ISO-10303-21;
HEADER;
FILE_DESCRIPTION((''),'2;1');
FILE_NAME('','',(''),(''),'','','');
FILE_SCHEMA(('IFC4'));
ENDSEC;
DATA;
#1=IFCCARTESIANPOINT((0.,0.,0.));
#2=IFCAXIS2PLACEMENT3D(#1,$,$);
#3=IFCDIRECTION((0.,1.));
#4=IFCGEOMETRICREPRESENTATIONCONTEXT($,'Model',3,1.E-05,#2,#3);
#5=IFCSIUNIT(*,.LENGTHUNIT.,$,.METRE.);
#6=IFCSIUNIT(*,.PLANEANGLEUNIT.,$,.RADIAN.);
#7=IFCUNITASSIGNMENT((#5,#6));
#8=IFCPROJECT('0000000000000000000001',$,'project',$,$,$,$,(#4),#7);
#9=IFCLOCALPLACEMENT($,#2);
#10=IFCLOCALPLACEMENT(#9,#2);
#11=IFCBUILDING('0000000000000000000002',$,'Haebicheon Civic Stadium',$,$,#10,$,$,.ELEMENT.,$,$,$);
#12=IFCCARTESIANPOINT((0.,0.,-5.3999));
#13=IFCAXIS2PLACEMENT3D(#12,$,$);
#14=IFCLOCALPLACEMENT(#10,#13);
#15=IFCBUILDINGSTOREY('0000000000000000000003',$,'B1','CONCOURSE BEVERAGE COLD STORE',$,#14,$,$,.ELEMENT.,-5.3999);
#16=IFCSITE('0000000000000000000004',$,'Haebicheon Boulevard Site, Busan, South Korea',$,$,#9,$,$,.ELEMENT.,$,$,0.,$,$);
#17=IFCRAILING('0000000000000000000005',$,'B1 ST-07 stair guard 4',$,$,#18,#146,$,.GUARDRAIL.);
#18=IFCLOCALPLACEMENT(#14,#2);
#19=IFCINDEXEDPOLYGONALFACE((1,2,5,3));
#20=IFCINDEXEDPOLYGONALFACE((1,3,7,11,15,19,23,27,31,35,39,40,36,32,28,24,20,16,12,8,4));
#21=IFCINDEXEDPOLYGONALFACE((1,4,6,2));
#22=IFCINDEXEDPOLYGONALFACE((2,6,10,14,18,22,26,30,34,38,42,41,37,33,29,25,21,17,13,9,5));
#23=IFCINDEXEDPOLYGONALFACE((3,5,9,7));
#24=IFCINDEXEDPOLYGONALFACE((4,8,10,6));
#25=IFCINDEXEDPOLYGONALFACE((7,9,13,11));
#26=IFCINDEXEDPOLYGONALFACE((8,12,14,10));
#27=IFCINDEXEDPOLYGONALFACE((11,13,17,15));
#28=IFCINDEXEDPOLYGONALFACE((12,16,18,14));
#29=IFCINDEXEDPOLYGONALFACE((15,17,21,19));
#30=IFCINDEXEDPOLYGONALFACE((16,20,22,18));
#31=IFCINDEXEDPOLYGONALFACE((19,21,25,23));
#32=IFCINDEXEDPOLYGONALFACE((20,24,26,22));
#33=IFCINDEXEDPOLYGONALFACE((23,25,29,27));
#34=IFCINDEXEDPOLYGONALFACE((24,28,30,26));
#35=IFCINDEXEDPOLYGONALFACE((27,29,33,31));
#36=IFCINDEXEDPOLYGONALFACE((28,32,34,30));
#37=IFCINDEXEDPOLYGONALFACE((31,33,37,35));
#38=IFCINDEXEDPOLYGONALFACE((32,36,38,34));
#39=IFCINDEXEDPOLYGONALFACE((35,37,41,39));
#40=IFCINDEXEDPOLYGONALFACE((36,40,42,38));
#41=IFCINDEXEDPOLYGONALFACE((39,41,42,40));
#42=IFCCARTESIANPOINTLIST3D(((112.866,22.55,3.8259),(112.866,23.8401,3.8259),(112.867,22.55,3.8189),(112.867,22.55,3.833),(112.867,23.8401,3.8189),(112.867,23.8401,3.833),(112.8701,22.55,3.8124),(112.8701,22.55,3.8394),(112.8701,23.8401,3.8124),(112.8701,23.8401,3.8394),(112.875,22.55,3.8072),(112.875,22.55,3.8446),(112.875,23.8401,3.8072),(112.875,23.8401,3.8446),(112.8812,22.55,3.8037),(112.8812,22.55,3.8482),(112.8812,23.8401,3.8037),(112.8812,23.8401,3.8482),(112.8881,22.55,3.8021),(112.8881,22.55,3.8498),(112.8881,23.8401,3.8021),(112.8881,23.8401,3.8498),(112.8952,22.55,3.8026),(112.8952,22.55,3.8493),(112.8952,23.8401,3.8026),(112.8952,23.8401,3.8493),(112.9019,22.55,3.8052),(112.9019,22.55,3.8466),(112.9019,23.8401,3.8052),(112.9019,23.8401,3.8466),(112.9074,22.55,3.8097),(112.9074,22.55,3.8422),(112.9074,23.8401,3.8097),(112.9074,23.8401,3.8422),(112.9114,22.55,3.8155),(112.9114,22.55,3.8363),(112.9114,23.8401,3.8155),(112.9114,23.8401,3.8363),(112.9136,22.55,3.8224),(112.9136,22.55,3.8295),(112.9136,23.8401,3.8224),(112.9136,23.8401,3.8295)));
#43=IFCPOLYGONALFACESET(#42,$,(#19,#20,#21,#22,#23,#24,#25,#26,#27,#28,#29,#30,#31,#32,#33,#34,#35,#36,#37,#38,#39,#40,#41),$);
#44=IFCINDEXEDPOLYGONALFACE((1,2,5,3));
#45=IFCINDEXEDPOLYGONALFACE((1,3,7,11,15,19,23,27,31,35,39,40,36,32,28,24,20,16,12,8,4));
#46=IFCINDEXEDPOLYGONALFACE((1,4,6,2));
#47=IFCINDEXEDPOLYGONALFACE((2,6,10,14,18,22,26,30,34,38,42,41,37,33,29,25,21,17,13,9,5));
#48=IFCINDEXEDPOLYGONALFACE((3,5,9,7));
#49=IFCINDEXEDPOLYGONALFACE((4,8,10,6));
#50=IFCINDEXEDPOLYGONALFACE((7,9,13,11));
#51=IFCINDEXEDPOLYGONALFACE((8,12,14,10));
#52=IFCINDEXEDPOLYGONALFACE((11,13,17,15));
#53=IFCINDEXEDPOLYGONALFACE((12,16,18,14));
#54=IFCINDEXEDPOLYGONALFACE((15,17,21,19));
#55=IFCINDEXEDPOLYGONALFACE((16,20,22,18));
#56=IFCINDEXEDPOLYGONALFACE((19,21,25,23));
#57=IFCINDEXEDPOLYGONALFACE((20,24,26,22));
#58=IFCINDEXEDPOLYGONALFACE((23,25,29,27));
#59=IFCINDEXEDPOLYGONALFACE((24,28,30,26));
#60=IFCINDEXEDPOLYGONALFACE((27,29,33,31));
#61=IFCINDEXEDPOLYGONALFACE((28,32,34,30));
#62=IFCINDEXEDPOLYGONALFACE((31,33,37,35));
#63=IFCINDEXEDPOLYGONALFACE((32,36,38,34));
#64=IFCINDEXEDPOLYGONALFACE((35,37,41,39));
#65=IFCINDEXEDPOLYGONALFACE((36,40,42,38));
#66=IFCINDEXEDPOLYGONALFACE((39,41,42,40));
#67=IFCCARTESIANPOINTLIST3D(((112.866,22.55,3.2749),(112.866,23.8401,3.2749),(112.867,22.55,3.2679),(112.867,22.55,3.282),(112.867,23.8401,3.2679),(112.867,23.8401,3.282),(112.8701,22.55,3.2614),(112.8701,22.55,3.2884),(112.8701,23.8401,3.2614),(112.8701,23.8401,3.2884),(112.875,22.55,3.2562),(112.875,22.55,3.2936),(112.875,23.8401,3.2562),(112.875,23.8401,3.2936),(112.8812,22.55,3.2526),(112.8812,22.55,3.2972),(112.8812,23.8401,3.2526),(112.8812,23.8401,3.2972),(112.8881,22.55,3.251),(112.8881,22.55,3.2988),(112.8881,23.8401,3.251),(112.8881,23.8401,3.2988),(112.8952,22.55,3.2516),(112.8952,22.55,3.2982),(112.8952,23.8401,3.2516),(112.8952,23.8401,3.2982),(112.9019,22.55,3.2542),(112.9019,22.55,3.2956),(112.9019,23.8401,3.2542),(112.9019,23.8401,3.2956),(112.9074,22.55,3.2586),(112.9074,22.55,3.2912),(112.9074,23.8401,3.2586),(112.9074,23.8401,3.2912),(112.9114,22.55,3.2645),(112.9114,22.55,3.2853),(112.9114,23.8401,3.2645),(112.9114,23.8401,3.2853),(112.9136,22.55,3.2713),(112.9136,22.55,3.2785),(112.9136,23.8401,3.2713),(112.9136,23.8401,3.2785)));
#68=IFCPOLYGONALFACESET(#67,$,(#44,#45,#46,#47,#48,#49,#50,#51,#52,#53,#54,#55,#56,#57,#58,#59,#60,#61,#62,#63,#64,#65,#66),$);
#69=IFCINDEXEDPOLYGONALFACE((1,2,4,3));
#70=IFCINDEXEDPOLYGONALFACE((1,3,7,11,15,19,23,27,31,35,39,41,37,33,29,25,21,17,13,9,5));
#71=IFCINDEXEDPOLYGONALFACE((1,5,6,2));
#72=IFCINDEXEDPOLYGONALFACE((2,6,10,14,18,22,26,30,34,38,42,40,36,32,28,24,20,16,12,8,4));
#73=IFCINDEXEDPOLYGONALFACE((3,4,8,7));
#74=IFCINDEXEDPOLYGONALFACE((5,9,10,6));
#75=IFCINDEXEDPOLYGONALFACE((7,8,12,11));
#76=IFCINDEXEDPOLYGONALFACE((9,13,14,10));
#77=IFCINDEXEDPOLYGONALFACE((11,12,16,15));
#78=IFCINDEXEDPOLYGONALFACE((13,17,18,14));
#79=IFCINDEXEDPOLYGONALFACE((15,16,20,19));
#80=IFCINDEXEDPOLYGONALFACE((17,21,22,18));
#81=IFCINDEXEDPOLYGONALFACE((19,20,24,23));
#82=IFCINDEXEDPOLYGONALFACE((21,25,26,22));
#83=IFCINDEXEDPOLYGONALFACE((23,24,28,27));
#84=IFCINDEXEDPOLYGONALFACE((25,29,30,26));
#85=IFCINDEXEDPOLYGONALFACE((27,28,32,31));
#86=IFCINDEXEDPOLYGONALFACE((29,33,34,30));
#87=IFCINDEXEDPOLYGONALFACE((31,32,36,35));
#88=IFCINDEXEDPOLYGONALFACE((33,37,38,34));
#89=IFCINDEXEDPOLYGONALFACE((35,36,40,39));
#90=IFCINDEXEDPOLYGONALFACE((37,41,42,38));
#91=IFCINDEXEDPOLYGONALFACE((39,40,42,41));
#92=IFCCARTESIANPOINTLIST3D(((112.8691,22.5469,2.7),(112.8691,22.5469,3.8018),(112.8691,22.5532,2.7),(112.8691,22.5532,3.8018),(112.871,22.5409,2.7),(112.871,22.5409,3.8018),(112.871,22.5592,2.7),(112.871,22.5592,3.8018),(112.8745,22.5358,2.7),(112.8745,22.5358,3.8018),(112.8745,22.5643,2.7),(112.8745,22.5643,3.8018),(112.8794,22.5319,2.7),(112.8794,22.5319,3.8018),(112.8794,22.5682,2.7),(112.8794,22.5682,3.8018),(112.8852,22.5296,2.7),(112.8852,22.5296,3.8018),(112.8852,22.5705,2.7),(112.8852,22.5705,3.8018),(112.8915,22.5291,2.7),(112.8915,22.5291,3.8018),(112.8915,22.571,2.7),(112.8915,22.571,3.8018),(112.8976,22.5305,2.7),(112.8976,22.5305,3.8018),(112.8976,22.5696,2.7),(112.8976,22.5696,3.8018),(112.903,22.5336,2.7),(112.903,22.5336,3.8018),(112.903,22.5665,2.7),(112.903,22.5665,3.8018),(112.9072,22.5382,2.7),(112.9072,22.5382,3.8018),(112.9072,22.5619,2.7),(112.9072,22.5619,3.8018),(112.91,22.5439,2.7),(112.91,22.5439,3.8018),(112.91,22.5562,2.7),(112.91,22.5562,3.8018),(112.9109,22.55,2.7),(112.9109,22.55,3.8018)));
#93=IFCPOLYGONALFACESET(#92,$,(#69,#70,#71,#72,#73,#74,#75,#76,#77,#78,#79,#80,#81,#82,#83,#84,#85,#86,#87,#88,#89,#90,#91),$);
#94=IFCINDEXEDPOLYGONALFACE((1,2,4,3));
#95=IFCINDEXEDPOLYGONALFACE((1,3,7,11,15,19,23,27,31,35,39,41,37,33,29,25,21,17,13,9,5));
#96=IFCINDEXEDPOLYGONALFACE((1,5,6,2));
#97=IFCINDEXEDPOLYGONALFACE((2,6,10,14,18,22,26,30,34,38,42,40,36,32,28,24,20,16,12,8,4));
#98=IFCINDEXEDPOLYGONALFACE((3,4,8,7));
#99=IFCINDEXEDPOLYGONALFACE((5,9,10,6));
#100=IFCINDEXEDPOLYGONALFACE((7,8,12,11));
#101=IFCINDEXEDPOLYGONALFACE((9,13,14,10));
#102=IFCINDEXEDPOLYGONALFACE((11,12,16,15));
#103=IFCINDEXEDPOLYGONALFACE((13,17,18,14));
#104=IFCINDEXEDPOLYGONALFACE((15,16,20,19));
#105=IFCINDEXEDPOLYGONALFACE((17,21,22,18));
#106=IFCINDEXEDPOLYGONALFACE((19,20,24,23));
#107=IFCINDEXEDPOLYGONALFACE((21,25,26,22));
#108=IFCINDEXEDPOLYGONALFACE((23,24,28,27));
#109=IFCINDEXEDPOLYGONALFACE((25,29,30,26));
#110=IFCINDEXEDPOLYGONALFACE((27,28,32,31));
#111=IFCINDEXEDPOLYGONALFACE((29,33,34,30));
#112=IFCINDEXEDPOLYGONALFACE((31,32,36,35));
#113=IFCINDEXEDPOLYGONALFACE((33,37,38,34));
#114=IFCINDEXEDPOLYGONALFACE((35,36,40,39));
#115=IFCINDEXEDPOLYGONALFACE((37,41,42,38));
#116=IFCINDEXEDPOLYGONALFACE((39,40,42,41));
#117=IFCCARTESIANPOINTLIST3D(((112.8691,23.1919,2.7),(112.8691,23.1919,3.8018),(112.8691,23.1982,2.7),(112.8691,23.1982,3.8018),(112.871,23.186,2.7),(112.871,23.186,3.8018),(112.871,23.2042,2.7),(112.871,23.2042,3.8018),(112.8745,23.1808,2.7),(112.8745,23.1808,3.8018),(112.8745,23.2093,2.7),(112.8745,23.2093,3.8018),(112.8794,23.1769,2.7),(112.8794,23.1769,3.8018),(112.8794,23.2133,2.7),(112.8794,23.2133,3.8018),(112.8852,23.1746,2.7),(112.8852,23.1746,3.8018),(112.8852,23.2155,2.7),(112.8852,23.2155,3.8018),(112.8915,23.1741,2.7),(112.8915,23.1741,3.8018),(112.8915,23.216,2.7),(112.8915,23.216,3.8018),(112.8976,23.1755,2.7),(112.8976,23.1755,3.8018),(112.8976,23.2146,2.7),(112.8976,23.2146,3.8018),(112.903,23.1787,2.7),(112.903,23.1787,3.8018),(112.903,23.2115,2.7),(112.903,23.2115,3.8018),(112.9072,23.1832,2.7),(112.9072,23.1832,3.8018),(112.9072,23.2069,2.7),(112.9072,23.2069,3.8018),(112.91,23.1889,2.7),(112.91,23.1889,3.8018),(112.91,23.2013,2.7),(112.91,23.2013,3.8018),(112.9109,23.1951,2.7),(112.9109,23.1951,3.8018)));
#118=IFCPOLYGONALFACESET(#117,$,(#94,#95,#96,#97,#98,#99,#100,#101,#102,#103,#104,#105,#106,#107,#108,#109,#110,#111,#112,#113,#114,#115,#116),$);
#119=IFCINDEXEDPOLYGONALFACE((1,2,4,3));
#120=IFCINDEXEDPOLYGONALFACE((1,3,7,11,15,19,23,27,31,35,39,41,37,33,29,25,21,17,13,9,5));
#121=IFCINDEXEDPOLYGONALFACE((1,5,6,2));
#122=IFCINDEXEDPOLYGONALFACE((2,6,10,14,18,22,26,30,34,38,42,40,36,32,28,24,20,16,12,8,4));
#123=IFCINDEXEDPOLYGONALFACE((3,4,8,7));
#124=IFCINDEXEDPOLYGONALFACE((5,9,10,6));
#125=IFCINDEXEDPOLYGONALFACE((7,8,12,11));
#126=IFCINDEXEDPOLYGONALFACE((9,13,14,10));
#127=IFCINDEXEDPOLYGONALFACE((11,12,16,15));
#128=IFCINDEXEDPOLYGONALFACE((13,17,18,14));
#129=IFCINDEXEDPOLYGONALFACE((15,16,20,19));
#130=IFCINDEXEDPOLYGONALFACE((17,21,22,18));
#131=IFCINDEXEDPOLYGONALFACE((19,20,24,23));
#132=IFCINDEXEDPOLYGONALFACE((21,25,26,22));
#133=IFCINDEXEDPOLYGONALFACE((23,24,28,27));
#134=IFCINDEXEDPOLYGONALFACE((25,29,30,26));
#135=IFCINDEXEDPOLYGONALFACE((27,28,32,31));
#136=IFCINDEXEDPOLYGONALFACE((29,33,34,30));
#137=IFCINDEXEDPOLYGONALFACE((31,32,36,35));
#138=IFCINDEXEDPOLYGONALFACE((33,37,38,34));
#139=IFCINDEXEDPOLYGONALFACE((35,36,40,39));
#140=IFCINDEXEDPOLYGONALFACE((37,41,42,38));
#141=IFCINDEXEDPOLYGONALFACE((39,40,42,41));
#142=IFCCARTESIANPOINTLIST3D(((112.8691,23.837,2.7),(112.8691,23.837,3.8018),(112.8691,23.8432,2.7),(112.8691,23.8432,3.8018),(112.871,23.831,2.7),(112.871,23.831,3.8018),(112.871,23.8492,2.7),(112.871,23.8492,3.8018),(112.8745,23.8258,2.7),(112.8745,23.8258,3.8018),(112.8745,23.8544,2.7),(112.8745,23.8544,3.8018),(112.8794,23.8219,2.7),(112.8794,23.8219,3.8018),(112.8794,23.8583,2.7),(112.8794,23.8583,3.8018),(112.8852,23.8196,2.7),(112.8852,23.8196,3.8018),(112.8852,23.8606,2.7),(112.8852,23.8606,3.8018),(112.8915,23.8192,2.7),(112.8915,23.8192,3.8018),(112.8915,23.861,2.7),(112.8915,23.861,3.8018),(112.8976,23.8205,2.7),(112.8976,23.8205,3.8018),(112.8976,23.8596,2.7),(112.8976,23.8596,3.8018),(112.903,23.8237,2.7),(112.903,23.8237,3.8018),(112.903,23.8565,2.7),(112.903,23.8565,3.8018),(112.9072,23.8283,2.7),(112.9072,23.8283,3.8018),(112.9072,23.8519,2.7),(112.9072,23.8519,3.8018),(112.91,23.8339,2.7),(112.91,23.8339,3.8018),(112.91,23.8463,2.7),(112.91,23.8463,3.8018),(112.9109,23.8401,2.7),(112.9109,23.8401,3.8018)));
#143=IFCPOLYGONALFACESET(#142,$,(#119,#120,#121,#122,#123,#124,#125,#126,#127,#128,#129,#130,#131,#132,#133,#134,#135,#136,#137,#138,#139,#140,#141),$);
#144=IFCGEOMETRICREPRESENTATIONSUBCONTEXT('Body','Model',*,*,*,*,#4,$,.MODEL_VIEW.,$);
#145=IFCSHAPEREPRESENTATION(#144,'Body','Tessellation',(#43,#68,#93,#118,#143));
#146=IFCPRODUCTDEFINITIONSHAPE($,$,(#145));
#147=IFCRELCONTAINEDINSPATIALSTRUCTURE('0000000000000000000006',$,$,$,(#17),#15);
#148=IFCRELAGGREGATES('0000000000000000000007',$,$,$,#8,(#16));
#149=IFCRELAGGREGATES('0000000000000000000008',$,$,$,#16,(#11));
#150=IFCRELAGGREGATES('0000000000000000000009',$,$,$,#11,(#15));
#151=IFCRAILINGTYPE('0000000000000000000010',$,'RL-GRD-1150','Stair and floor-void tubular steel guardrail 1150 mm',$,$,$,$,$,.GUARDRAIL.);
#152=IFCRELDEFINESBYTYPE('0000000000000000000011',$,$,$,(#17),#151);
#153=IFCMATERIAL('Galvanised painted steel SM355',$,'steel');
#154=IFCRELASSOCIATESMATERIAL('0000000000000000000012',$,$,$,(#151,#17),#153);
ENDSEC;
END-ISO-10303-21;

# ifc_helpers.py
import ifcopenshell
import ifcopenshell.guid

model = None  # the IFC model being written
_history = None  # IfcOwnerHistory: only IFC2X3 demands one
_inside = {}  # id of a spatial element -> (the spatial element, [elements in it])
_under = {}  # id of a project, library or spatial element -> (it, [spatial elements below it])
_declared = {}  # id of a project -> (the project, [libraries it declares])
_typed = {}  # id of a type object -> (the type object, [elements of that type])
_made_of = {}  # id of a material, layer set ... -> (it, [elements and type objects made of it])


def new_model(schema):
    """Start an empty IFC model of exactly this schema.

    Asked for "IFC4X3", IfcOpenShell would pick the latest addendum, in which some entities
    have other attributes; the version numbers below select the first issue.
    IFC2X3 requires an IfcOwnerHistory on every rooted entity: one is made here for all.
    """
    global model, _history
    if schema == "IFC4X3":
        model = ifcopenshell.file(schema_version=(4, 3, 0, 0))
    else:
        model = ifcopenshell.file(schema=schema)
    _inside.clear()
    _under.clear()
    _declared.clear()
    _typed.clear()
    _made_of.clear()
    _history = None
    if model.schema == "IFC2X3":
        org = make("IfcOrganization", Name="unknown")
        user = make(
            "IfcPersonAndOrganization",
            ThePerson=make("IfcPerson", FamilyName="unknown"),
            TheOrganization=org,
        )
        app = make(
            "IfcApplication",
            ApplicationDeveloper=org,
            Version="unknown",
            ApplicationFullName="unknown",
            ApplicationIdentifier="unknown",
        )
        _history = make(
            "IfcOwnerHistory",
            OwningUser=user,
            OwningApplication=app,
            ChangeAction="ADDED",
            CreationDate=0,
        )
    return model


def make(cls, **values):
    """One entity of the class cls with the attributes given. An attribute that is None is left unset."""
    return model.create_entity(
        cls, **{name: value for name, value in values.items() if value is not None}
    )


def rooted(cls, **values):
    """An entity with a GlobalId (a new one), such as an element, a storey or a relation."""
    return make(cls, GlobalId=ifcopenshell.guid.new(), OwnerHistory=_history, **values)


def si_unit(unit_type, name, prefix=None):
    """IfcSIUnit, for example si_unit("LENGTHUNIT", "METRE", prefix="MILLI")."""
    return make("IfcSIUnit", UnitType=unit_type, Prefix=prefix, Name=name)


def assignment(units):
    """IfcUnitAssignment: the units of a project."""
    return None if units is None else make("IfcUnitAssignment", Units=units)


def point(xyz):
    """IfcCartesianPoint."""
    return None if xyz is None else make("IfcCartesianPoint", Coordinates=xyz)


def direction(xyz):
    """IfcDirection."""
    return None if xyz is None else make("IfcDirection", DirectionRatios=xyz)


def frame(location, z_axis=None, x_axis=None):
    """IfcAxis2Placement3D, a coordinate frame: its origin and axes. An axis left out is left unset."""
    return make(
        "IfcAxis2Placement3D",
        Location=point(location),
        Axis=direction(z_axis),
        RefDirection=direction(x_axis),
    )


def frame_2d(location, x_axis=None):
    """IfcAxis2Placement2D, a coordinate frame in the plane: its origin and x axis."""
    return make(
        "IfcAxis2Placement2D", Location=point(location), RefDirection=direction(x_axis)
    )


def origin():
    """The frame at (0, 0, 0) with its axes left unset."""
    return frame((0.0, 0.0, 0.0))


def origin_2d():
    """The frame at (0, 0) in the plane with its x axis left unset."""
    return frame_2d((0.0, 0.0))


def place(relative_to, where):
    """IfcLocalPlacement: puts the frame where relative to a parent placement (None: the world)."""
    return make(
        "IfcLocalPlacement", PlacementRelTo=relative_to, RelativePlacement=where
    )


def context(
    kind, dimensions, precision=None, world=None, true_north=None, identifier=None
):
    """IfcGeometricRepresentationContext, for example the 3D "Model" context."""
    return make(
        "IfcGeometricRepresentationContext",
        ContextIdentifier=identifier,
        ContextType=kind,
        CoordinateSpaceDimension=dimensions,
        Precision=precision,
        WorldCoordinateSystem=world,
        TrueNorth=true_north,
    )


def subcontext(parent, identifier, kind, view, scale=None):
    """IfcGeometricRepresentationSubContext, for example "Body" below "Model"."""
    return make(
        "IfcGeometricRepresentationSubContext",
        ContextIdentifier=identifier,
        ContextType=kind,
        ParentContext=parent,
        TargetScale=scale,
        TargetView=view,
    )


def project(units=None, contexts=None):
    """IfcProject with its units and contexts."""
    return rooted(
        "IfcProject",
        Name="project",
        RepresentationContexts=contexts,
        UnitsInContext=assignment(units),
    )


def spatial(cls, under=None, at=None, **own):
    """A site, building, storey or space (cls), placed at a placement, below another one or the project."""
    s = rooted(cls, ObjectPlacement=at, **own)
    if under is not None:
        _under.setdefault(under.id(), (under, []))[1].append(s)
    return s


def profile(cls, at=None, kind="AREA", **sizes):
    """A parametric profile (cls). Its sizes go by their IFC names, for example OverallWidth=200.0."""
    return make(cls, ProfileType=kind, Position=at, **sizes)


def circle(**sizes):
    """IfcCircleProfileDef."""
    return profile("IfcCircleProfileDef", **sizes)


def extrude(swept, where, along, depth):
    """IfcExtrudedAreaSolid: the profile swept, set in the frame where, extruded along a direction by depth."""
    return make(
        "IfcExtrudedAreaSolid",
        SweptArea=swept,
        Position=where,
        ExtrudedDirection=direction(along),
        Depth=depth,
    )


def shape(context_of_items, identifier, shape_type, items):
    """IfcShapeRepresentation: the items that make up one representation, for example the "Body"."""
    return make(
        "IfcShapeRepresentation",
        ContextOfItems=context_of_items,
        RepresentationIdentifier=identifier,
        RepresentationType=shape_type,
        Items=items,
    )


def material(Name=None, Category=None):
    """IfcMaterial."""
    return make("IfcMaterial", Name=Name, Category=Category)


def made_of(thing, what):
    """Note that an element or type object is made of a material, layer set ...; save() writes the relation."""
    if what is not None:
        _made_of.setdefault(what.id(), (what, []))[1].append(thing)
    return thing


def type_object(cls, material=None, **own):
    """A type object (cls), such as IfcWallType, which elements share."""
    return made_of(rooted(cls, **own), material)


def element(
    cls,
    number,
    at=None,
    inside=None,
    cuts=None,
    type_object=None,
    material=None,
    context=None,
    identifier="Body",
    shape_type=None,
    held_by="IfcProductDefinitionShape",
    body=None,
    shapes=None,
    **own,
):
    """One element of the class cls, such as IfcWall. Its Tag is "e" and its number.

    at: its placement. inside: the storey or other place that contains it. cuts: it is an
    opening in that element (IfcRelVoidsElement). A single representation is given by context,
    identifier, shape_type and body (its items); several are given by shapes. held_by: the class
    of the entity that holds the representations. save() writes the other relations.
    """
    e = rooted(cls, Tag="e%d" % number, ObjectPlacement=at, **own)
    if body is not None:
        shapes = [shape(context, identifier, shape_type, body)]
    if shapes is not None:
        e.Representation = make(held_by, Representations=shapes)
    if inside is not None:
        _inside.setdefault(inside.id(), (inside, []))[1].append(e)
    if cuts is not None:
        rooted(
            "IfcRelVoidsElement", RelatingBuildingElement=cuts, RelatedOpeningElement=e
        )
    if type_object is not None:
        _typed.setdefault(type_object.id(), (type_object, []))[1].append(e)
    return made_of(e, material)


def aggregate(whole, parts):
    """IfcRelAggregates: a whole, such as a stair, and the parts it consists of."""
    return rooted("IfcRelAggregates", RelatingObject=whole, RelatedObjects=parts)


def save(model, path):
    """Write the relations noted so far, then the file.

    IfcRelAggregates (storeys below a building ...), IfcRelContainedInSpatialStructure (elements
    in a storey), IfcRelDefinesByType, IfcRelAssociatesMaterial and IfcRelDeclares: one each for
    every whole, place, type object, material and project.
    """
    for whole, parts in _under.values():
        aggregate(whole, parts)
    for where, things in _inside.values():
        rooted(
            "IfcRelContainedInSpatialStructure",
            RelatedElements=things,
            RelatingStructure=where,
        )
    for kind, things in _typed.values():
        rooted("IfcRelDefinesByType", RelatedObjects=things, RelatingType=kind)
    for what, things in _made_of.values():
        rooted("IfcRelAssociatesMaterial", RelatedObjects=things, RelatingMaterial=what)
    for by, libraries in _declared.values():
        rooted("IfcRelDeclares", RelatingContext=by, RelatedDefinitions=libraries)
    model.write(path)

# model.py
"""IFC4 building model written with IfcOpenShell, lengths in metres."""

from ifc_helpers import new_model, si_unit, direction, frame, origin, origin_2d, place, context, subcontext, project, spatial, circle, extrude, material, type_object, element, save


model = new_model("IFC4")

# Units and contexts
model_context = context("Model", 3, precision=1e-05, world=origin(), true_north=direction((0.0, 1.0)))
body_context = subcontext(model_context, "Body", "Model", "MODEL_VIEW")
ifc_project = project(units=[si_unit("LENGTHUNIT", "METRE"), si_unit("PLANEANGLEUNIT", "RADIAN")], contexts=[model_context])

# Site, building, storey
site_placement = place(None, origin())
site = spatial("IfcSite", under=ifc_project, at=site_placement, Name="Haebicheon Boulevard Site, Busan, South Korea", CompositionType="ELEMENT", RefElevation=0.0)
building_placement = place(site_placement, origin())
building = spatial("IfcBuilding", under=site, at=building_placement, Name="Haebicheon Civic Stadium", CompositionType="ELEMENT")
storey_placement = place(building_placement, frame((0.0, 0.0, -5.3999)))
storey = spatial("IfcBuildingStorey", under=building, at=storey_placement, Name="B1", Description="CONCOURSE BEVERAGE COLD STORE", CompositionType="ELEMENT", Elevation=-5.3999)

# Railing
ifc_material_1 = material(Name="Galvanised painted steel SM355", Category="steel")
railing_type_1 = type_object("IfcRailingType", Name="RL-GRD-1150", Description="Stair and floor-void tubular steel guardrail 1150 mm", PredefinedType="GUARDRAIL", material=ifc_material_1)
railing_1_placement = place(storey_placement, frame((112.8899, 22.55, 2.7)))
element("IfcRailing", 1, at=railing_1_placement, inside=storey, type_object=railing_type_1, material=ifc_material_1, Name="B1 ST-07 stair guard 4", PredefinedType="GUARDRAIL", context=body_context, shape_type="SweptSolid", body=[
    extrude(circle(Radius=0.0239, at=origin_2d()), frame((0.0, 0.0, 1.126), z_axis=(0.0, 1.0, 0.0), x_axis=(-1.0, 0.0, 0.0)), (0.0, 0.0, 1.0), 1.29),
    extrude(circle(Radius=0.0239, at=origin_2d()), frame((0.0, 0.0, 0.575), z_axis=(0.0, 1.0, 0.0), x_axis=(-1.0, 0.0, 0.0)), (0.0, 0.0, 1.0), 1.29),
    extrude(circle(Radius=0.021, at=origin_2d()), origin(), (0.0, 0.0, 1.0), 1.1018),
    extrude(circle(Radius=0.021, at=origin_2d()), frame((0.0, 0.645, 0.0)), (0.0, 0.0, 1.0), 1.1018),
    extrude(circle(Radius=0.021, at=origin_2d()), frame((0.0, 1.29, 0.0)), (0.0, 0.0, 1.0), 1.1018),
])

save(model, "model.ifc")
